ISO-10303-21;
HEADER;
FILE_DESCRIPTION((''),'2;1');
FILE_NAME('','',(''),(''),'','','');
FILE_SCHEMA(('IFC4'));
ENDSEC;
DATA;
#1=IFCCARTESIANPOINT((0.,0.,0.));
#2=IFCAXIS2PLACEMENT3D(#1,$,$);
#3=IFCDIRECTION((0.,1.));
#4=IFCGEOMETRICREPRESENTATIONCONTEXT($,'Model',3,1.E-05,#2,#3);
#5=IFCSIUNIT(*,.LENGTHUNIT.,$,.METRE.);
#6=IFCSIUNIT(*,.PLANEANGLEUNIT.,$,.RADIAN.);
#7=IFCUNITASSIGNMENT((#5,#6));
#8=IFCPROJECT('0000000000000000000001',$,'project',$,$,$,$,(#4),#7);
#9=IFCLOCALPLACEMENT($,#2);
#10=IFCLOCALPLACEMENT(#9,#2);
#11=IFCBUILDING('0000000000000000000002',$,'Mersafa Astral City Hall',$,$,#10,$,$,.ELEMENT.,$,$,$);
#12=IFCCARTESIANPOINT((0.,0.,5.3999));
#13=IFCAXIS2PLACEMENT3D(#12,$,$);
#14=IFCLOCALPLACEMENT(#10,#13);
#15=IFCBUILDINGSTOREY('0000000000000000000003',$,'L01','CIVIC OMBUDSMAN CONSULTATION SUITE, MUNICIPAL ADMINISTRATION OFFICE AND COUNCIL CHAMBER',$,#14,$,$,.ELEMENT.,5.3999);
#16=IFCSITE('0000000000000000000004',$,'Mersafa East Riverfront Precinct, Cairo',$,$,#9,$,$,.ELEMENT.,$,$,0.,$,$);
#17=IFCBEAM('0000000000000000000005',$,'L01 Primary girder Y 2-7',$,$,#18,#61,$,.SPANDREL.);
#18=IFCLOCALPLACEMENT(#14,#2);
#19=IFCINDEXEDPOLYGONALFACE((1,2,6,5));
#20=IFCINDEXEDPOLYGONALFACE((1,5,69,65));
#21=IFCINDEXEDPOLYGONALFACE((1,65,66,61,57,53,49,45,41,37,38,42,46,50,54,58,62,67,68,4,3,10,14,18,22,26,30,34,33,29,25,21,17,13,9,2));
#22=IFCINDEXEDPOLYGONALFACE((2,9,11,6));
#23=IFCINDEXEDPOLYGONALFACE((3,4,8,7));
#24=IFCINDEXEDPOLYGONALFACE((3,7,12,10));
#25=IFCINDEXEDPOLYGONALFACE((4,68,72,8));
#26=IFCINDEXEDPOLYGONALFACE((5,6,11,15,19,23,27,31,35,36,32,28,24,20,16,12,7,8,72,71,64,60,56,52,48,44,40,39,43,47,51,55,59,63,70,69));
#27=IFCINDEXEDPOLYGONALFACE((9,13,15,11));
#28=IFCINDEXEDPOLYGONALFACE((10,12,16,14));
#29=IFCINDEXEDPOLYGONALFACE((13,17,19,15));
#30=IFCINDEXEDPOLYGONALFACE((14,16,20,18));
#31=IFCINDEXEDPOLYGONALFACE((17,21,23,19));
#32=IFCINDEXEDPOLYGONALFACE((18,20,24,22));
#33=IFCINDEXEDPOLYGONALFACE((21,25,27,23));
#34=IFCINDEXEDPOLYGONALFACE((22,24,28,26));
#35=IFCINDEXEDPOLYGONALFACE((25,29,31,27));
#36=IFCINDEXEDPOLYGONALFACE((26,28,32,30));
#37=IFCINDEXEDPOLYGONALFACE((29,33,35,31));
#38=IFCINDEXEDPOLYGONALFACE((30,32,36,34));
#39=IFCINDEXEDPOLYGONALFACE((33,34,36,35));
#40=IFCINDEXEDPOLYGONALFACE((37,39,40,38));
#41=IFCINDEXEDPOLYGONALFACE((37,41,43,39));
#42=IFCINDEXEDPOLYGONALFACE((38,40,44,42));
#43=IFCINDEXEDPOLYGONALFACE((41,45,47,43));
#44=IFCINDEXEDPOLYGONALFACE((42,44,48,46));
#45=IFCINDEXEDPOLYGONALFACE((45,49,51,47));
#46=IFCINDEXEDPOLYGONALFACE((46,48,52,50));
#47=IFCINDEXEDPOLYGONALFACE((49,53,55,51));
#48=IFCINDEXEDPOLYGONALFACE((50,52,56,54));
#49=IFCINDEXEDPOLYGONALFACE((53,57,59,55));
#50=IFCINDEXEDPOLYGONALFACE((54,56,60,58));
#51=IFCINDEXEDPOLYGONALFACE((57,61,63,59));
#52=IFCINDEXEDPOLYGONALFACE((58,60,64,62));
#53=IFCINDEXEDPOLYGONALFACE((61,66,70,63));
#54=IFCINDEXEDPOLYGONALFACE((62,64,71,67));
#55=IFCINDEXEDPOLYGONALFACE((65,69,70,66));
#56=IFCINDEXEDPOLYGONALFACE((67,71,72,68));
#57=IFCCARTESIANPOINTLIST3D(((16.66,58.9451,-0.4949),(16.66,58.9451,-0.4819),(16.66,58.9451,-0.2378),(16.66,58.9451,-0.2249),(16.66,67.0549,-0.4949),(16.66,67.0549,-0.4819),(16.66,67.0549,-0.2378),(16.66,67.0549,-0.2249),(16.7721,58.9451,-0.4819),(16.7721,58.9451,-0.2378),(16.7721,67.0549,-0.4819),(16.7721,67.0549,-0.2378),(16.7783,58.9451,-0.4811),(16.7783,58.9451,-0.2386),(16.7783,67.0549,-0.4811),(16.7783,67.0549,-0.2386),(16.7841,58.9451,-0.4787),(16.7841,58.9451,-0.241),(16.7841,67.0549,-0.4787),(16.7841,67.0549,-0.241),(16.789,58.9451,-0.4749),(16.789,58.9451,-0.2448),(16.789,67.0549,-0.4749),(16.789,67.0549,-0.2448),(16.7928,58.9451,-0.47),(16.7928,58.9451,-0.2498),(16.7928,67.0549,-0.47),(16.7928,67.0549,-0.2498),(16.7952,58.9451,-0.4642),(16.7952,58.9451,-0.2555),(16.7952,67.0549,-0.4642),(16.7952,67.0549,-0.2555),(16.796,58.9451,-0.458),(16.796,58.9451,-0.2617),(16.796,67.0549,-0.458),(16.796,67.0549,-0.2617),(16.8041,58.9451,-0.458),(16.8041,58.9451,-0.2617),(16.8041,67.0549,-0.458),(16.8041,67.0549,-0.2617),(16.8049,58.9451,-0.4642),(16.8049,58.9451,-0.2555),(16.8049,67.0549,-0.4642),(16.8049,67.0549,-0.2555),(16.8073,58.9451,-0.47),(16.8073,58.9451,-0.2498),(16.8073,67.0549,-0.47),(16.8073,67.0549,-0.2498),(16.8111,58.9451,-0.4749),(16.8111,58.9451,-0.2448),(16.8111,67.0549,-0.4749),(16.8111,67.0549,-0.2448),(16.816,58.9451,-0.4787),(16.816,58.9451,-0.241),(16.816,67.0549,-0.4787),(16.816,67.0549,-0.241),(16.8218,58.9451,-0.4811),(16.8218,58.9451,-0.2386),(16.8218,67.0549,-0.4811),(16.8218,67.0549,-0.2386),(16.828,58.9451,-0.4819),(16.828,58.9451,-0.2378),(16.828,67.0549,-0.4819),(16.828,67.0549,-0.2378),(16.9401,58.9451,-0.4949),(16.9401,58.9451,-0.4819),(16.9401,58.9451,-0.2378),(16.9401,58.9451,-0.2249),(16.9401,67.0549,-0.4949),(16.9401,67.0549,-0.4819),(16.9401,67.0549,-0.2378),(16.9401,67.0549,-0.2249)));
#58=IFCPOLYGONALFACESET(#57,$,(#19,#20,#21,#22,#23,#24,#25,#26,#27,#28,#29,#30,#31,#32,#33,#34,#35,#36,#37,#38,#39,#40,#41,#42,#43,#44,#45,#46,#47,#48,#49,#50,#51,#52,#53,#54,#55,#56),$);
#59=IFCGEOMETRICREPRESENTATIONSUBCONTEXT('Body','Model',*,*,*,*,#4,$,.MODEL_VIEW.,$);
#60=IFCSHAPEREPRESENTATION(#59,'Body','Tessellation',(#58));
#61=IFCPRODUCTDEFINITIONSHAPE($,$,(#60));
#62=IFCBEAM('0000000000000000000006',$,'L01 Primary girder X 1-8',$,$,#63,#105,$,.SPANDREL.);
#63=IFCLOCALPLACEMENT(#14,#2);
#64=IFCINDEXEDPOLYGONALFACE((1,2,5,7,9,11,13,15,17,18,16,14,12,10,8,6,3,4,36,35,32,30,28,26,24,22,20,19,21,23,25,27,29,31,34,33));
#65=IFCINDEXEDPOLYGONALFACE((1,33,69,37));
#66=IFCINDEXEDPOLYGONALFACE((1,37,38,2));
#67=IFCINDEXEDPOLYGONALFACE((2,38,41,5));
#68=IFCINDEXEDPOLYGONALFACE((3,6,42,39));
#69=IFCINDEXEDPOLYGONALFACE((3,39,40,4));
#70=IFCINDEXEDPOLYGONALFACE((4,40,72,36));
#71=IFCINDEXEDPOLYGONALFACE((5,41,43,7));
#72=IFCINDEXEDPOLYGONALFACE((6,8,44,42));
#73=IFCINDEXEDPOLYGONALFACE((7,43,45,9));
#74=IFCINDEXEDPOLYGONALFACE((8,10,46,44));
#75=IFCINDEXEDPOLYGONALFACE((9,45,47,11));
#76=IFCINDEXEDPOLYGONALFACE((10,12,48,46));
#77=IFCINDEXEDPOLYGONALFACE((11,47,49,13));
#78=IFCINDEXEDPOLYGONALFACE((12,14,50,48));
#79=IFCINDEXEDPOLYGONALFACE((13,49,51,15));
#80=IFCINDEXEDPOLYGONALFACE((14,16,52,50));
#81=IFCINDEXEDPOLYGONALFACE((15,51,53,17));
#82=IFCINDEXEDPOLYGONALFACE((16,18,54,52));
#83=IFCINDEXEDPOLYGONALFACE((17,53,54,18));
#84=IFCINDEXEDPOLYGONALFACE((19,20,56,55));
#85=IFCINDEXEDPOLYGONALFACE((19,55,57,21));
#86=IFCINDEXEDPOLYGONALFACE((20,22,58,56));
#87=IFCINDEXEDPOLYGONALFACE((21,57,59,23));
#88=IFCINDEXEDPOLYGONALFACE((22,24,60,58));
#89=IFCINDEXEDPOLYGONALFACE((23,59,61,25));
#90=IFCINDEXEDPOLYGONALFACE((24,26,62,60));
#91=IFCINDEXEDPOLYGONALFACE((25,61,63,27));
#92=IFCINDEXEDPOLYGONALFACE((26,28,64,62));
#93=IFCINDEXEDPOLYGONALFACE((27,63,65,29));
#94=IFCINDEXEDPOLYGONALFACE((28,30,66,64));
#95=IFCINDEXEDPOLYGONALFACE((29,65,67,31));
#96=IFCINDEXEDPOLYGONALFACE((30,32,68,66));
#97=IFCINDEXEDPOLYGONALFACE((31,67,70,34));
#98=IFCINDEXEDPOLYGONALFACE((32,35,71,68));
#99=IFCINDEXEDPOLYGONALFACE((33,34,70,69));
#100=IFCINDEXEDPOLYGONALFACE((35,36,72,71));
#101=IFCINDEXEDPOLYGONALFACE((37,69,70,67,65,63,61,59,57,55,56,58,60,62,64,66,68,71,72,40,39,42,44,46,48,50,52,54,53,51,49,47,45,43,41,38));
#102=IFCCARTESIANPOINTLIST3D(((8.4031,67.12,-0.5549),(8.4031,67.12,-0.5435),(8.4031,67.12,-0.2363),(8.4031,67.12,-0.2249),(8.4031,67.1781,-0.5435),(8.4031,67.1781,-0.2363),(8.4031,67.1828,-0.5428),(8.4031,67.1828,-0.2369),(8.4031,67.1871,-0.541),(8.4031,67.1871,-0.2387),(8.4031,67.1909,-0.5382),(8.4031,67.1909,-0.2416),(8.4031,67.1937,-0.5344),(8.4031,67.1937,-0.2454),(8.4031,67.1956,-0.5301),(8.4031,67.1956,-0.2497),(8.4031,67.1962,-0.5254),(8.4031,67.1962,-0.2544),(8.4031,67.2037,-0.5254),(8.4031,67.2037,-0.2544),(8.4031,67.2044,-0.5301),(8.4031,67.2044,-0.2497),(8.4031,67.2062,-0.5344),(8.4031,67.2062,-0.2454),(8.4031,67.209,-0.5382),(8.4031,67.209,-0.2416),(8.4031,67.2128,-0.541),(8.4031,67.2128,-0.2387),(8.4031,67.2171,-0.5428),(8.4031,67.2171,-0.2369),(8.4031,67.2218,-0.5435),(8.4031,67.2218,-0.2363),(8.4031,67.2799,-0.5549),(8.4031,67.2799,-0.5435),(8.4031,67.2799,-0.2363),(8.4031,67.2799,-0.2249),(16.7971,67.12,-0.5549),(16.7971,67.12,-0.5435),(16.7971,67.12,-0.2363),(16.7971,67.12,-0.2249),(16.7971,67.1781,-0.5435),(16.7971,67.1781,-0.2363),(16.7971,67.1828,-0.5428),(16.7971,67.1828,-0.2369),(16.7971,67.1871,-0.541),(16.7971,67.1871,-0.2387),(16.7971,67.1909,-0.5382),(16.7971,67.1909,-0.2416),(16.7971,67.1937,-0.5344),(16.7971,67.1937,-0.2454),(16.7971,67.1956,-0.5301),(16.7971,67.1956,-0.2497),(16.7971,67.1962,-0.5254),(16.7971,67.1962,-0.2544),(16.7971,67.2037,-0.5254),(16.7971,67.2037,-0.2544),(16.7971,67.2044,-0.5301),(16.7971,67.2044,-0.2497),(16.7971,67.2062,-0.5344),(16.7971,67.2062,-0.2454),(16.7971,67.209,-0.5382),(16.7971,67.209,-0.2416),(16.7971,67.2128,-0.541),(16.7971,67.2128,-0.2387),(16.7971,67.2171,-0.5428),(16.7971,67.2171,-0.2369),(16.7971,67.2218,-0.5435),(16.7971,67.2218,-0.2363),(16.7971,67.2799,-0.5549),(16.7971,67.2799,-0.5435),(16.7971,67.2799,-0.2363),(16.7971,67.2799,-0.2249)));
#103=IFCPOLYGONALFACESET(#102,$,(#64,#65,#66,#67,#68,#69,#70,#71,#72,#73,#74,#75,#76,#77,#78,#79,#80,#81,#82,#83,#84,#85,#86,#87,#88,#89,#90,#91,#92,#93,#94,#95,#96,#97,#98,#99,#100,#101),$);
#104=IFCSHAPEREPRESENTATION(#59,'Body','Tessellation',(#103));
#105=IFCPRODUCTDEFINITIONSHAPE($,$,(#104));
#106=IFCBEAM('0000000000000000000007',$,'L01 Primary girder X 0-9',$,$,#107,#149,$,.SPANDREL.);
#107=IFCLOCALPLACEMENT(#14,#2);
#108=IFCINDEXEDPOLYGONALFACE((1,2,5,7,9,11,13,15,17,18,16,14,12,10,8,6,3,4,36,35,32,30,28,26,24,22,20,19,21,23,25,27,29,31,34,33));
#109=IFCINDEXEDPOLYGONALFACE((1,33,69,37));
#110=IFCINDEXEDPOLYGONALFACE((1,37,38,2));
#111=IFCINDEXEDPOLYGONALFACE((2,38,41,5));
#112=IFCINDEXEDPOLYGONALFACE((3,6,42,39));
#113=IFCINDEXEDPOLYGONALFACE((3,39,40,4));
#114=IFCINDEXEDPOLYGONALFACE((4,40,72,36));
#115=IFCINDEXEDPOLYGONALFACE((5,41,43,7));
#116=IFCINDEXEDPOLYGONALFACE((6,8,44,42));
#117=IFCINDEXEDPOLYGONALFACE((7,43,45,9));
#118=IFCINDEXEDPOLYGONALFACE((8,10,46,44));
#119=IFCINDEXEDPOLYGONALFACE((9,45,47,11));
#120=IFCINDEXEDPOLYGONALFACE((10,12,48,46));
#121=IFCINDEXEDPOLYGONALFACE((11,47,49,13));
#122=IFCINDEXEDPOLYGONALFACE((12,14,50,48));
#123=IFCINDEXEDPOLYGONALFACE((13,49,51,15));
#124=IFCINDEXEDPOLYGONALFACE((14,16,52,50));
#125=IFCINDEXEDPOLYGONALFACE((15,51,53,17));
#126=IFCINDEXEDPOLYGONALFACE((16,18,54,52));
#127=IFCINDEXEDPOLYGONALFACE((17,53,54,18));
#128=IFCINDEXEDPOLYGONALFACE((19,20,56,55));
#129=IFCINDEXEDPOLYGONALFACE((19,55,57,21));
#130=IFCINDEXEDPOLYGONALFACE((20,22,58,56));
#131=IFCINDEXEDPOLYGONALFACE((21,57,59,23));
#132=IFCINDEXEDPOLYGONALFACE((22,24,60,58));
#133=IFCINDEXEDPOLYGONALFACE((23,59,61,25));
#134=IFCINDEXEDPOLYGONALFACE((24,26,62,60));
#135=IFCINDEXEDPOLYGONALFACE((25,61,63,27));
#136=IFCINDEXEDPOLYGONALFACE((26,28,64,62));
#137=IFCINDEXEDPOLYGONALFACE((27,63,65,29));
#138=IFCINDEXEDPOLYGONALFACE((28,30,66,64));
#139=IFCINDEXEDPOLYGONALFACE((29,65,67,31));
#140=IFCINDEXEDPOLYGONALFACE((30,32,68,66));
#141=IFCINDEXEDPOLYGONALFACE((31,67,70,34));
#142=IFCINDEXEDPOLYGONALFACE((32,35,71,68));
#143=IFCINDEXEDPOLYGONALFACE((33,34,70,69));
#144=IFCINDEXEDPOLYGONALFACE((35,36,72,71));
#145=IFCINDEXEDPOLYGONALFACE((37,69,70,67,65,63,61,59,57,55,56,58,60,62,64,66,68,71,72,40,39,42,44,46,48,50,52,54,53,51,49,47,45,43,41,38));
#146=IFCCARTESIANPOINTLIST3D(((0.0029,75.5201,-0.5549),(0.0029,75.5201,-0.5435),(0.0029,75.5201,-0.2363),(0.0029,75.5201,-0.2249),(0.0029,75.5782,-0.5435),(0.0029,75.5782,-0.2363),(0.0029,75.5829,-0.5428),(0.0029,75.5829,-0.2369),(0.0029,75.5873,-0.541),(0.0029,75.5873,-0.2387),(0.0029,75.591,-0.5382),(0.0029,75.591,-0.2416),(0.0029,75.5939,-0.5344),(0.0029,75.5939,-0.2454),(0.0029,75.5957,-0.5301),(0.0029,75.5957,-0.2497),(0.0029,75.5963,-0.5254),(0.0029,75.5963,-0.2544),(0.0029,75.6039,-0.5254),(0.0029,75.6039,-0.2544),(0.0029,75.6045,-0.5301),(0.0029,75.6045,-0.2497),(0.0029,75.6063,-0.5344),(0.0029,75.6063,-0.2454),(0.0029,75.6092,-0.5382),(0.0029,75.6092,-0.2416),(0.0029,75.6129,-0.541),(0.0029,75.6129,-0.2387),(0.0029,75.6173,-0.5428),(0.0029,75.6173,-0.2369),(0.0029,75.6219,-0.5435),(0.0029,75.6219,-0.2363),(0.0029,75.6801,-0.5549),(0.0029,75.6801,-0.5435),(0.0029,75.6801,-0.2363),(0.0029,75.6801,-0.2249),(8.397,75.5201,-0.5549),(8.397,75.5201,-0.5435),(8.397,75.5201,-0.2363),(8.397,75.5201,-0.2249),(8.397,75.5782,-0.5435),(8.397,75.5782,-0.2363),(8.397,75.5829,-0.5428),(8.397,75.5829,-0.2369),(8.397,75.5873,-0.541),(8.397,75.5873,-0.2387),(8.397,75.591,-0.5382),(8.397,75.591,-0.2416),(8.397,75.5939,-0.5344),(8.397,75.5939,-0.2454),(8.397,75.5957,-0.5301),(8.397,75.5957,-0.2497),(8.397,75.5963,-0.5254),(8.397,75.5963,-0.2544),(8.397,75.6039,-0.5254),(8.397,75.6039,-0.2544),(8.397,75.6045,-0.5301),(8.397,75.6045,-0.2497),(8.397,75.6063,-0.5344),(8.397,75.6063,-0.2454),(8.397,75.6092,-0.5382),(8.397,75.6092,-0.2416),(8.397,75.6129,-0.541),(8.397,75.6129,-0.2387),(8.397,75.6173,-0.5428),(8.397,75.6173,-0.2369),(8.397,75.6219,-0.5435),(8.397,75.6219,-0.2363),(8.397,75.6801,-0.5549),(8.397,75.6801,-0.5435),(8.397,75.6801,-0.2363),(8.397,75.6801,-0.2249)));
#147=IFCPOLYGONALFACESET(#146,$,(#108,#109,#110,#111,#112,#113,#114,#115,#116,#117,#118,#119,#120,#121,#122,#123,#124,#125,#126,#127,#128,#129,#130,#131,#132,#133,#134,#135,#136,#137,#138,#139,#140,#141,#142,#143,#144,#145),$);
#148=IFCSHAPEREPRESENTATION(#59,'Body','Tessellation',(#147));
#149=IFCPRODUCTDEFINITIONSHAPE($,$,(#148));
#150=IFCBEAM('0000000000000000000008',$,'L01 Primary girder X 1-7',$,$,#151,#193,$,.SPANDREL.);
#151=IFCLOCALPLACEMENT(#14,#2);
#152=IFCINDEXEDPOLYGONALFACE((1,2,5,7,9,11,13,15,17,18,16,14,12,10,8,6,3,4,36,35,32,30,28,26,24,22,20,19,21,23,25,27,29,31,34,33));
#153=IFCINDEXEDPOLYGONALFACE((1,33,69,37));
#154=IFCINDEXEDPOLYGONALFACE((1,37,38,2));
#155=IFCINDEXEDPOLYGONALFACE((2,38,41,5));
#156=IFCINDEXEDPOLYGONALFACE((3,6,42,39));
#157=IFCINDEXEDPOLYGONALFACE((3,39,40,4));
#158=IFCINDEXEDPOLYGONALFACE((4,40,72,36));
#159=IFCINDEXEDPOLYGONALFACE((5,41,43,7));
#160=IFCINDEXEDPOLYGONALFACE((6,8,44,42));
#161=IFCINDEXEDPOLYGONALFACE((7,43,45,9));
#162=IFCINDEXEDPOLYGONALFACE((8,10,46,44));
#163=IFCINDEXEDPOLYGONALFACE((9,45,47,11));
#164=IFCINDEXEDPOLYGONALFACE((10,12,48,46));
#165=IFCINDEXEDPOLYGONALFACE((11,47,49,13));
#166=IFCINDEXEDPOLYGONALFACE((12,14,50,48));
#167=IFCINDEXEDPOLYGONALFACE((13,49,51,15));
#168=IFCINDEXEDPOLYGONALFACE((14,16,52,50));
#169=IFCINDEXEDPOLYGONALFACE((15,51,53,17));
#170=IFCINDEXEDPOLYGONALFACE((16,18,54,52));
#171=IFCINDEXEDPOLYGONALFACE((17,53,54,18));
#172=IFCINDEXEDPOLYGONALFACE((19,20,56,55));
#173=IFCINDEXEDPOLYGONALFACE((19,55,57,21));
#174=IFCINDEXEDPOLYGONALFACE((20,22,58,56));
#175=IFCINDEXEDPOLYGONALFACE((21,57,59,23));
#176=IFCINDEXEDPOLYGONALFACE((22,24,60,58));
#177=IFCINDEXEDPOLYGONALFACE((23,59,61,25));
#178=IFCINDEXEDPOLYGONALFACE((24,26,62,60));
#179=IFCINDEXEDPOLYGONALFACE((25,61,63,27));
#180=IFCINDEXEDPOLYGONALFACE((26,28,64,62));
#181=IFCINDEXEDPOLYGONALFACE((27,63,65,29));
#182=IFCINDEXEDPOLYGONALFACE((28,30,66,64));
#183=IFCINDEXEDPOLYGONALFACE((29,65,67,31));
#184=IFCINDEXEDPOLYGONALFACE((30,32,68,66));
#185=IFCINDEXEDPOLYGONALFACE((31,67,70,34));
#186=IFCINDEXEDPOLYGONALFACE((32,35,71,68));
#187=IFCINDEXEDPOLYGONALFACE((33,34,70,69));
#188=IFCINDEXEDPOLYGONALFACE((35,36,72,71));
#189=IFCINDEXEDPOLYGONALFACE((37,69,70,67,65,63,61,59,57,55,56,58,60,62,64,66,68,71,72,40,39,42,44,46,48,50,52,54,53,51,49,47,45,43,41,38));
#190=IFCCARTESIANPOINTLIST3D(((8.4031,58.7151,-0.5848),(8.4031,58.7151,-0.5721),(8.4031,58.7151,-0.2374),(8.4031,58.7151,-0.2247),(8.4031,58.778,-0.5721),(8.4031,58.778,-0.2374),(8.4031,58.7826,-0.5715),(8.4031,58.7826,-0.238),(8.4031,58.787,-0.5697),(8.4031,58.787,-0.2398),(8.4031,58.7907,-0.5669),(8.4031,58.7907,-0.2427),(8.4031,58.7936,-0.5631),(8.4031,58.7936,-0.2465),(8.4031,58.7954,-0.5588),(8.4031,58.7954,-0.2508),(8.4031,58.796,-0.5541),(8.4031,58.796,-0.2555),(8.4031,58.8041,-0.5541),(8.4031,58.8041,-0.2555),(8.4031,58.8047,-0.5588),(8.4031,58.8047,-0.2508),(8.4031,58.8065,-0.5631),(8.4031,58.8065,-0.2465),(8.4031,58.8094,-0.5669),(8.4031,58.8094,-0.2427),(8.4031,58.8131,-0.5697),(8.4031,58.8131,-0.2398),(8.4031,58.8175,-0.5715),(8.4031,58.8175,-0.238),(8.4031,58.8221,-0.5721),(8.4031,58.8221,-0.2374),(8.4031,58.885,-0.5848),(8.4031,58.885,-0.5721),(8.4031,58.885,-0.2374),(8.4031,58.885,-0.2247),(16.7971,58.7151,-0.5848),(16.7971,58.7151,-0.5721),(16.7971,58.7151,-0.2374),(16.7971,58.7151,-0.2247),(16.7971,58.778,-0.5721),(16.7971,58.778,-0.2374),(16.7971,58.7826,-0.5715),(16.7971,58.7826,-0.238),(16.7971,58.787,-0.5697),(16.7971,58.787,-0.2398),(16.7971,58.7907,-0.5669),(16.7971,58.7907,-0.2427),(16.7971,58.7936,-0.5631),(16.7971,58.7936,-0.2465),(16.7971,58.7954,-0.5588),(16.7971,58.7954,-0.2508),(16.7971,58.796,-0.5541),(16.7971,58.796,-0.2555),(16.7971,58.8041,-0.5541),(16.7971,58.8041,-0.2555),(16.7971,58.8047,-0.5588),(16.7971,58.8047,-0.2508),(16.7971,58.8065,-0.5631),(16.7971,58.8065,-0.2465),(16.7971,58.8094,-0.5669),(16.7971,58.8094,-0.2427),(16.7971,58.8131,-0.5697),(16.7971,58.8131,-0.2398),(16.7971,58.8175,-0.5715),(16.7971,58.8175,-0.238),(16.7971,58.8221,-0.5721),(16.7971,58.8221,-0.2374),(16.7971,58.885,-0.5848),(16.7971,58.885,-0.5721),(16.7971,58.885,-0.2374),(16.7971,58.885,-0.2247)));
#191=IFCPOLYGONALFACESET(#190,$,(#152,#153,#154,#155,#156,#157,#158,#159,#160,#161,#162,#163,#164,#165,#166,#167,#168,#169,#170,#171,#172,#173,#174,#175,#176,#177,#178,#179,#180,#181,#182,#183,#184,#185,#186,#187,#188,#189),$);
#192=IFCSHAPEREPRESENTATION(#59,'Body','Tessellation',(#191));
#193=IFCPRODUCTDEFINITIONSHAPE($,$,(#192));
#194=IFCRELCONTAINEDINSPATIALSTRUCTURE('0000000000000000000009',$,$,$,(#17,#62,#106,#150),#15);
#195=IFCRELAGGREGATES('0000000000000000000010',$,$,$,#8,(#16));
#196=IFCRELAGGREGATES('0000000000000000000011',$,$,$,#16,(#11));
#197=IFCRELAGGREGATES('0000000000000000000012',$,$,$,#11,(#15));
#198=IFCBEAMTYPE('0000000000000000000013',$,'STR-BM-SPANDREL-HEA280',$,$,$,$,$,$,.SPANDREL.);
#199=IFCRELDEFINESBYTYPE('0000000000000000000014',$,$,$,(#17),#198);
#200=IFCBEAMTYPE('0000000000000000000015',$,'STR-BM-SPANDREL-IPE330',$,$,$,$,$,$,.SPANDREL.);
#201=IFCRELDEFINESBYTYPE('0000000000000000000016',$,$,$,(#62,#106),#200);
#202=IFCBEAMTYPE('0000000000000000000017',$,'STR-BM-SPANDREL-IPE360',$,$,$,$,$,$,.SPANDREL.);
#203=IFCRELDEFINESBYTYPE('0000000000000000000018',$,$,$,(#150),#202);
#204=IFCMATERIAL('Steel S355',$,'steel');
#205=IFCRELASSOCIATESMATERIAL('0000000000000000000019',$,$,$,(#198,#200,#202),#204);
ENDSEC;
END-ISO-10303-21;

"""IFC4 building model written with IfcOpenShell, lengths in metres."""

from ifc_helpers import new_model, si_unit, direction, frame, origin, origin_2d, place, context, subcontext, project, spatial, i_section, extrude, material, material_profile, profile_set, type_object, element, save


model = new_model("IFC4")

# Units and contexts
model_context = context("Model", 3, precision=1e-05, world=origin(), true_north=direction((0.0, 1.0)))
body_context = subcontext(model_context, "Body", "Model", "MODEL_VIEW")
ifc_project = project(units=[si_unit("LENGTHUNIT", "METRE"), si_unit("PLANEANGLEUNIT", "RADIAN")], contexts=[model_context])

# Site, building, storey
site_placement = place(None, origin())
site = spatial("IfcSite", under=ifc_project, at=site_placement, Name="Mersafa East Riverfront Precinct, Cairo", CompositionType="ELEMENT", RefElevation=0.0)
building_placement = place(site_placement, origin())
building = spatial("IfcBuilding", under=site, at=building_placement, Name="Mersafa Astral City Hall", CompositionType="ELEMENT")
storey_placement = place(building_placement, frame((0.0, 0.0, 5.3999)))
storey = spatial("IfcBuildingStorey", under=building, at=storey_placement, Name="L01", Description="CIVIC OMBUDSMAN CONSULTATION SUITE, MUNICIPAL ADMINISTRATION OFFICE AND COUNCIL CHAMBER", CompositionType="ELEMENT", Elevation=5.3999)

# Shared definitions
ifc_material_1 = material(Name="Steel S355", Category="steel")

# Beams
ifc_material_profile_1 = material_profile(ifc_material_1, i_section(OverallWidth=0.28, OverallDepth=0.27, WebThickness=0.0081, FlangeThickness=0.0129, FilletRadius=0.0239, at=origin_2d()), Name="HEA 280")
ifc_profile_set_1 = profile_set([ifc_material_profile_1], Name="Steel S355")
beam_type_1 = type_object("IfcBeamType", Name="STR-BM-SPANDREL-HEA280", PredefinedType="SPANDREL", material=ifc_profile_set_1)
beam_1_placement = place(storey_placement, frame((16.8, 58.9451, -0.3599), z_axis=(0.0, 1.0, 0.0), x_axis=(-1.0, 0.0, 0.0)))
element("IfcBeam", 1, at=beam_1_placement, inside=storey, type_object=beam_type_1, Name="L01 Primary girder Y 2-7", PredefinedType="SPANDREL", context=body_context, shape_type="SweptSolid", body=[
    extrude(i_section(OverallWidth=0.28, OverallDepth=0.27, WebThickness=0.0081, FlangeThickness=0.0129, FilletRadius=0.0239, at=origin_2d()), origin(), (0.0, 0.0, 1.0), 8.1099),
])
ifc_material_profile_2 = material_profile(ifc_material_1, i_section(OverallWidth=0.1599, OverallDepth=0.3301, WebThickness=0.0076, FlangeThickness=0.0115, FilletRadius=0.0181, at=origin_2d()), Name="IPE 330")
ifc_profile_set_2 = profile_set([ifc_material_profile_2], Name="Steel S355")
beam_type_2 = type_object("IfcBeamType", Name="STR-BM-SPANDREL-IPE330", PredefinedType="SPANDREL", material=ifc_profile_set_2)
for number, where, z_axis, x_axis, name in (
    (2, (8.4031, 67.2, -0.3899), (1.0, 0.0, 0.0), (0.0, 1.0, 0.0), "L01 Primary girder X 1-8"),
    (3, (0.0029, 75.6001, -0.3899), (1.0, 0.0, 0.0), (0.0, 1.0, 0.0), "L01 Primary girder X 0-9"),
):
    element("IfcBeam", number, at=place(storey_placement, frame(where, z_axis=z_axis, x_axis=x_axis)), inside=storey, type_object=beam_type_2, Name=name, PredefinedType="SPANDREL", context=body_context, shape_type="SweptSolid", body=[
        extrude(i_section(OverallWidth=0.1599, OverallDepth=0.3301, WebThickness=0.0076, FlangeThickness=0.0115, FilletRadius=0.0181, at=origin_2d()), origin(), (0.0, 0.0, 1.0), 8.394),
    ])
ifc_material_profile_3 = material_profile(ifc_material_1, i_section(OverallWidth=0.1699, OverallDepth=0.3601, WebThickness=0.0081, FlangeThickness=0.0127, FilletRadius=0.0181, at=origin_2d()), Name="IPE 360")
ifc_profile_set_3 = profile_set([ifc_material_profile_3], Name="Steel S355")
beam_type_3 = type_object("IfcBeamType", Name="STR-BM-SPANDREL-IPE360", PredefinedType="SPANDREL", material=ifc_profile_set_3)
for number, where, z_axis, x_axis, name in (
    (4, (8.4031, 58.8, -0.4048), (1.0, 0.0, 0.0), (0.0, 1.0, 0.0), "L01 Primary girder X 1-7"),
):
    element("IfcBeam", number, at=place(storey_placement, frame(where, z_axis=z_axis, x_axis=x_axis)), inside=storey, type_object=beam_type_3, Name=name, PredefinedType="SPANDREL", context=body_context, shape_type="SweptSolid", body=[
        extrude(i_section(OverallWidth=0.1699, OverallDepth=0.3601, WebThickness=0.0081, FlangeThickness=0.0127, FilletRadius=0.0181, at=origin_2d()), origin(), (0.0, 0.0, 1.0), 8.394),
    ])

save(model, "model.ifc")
